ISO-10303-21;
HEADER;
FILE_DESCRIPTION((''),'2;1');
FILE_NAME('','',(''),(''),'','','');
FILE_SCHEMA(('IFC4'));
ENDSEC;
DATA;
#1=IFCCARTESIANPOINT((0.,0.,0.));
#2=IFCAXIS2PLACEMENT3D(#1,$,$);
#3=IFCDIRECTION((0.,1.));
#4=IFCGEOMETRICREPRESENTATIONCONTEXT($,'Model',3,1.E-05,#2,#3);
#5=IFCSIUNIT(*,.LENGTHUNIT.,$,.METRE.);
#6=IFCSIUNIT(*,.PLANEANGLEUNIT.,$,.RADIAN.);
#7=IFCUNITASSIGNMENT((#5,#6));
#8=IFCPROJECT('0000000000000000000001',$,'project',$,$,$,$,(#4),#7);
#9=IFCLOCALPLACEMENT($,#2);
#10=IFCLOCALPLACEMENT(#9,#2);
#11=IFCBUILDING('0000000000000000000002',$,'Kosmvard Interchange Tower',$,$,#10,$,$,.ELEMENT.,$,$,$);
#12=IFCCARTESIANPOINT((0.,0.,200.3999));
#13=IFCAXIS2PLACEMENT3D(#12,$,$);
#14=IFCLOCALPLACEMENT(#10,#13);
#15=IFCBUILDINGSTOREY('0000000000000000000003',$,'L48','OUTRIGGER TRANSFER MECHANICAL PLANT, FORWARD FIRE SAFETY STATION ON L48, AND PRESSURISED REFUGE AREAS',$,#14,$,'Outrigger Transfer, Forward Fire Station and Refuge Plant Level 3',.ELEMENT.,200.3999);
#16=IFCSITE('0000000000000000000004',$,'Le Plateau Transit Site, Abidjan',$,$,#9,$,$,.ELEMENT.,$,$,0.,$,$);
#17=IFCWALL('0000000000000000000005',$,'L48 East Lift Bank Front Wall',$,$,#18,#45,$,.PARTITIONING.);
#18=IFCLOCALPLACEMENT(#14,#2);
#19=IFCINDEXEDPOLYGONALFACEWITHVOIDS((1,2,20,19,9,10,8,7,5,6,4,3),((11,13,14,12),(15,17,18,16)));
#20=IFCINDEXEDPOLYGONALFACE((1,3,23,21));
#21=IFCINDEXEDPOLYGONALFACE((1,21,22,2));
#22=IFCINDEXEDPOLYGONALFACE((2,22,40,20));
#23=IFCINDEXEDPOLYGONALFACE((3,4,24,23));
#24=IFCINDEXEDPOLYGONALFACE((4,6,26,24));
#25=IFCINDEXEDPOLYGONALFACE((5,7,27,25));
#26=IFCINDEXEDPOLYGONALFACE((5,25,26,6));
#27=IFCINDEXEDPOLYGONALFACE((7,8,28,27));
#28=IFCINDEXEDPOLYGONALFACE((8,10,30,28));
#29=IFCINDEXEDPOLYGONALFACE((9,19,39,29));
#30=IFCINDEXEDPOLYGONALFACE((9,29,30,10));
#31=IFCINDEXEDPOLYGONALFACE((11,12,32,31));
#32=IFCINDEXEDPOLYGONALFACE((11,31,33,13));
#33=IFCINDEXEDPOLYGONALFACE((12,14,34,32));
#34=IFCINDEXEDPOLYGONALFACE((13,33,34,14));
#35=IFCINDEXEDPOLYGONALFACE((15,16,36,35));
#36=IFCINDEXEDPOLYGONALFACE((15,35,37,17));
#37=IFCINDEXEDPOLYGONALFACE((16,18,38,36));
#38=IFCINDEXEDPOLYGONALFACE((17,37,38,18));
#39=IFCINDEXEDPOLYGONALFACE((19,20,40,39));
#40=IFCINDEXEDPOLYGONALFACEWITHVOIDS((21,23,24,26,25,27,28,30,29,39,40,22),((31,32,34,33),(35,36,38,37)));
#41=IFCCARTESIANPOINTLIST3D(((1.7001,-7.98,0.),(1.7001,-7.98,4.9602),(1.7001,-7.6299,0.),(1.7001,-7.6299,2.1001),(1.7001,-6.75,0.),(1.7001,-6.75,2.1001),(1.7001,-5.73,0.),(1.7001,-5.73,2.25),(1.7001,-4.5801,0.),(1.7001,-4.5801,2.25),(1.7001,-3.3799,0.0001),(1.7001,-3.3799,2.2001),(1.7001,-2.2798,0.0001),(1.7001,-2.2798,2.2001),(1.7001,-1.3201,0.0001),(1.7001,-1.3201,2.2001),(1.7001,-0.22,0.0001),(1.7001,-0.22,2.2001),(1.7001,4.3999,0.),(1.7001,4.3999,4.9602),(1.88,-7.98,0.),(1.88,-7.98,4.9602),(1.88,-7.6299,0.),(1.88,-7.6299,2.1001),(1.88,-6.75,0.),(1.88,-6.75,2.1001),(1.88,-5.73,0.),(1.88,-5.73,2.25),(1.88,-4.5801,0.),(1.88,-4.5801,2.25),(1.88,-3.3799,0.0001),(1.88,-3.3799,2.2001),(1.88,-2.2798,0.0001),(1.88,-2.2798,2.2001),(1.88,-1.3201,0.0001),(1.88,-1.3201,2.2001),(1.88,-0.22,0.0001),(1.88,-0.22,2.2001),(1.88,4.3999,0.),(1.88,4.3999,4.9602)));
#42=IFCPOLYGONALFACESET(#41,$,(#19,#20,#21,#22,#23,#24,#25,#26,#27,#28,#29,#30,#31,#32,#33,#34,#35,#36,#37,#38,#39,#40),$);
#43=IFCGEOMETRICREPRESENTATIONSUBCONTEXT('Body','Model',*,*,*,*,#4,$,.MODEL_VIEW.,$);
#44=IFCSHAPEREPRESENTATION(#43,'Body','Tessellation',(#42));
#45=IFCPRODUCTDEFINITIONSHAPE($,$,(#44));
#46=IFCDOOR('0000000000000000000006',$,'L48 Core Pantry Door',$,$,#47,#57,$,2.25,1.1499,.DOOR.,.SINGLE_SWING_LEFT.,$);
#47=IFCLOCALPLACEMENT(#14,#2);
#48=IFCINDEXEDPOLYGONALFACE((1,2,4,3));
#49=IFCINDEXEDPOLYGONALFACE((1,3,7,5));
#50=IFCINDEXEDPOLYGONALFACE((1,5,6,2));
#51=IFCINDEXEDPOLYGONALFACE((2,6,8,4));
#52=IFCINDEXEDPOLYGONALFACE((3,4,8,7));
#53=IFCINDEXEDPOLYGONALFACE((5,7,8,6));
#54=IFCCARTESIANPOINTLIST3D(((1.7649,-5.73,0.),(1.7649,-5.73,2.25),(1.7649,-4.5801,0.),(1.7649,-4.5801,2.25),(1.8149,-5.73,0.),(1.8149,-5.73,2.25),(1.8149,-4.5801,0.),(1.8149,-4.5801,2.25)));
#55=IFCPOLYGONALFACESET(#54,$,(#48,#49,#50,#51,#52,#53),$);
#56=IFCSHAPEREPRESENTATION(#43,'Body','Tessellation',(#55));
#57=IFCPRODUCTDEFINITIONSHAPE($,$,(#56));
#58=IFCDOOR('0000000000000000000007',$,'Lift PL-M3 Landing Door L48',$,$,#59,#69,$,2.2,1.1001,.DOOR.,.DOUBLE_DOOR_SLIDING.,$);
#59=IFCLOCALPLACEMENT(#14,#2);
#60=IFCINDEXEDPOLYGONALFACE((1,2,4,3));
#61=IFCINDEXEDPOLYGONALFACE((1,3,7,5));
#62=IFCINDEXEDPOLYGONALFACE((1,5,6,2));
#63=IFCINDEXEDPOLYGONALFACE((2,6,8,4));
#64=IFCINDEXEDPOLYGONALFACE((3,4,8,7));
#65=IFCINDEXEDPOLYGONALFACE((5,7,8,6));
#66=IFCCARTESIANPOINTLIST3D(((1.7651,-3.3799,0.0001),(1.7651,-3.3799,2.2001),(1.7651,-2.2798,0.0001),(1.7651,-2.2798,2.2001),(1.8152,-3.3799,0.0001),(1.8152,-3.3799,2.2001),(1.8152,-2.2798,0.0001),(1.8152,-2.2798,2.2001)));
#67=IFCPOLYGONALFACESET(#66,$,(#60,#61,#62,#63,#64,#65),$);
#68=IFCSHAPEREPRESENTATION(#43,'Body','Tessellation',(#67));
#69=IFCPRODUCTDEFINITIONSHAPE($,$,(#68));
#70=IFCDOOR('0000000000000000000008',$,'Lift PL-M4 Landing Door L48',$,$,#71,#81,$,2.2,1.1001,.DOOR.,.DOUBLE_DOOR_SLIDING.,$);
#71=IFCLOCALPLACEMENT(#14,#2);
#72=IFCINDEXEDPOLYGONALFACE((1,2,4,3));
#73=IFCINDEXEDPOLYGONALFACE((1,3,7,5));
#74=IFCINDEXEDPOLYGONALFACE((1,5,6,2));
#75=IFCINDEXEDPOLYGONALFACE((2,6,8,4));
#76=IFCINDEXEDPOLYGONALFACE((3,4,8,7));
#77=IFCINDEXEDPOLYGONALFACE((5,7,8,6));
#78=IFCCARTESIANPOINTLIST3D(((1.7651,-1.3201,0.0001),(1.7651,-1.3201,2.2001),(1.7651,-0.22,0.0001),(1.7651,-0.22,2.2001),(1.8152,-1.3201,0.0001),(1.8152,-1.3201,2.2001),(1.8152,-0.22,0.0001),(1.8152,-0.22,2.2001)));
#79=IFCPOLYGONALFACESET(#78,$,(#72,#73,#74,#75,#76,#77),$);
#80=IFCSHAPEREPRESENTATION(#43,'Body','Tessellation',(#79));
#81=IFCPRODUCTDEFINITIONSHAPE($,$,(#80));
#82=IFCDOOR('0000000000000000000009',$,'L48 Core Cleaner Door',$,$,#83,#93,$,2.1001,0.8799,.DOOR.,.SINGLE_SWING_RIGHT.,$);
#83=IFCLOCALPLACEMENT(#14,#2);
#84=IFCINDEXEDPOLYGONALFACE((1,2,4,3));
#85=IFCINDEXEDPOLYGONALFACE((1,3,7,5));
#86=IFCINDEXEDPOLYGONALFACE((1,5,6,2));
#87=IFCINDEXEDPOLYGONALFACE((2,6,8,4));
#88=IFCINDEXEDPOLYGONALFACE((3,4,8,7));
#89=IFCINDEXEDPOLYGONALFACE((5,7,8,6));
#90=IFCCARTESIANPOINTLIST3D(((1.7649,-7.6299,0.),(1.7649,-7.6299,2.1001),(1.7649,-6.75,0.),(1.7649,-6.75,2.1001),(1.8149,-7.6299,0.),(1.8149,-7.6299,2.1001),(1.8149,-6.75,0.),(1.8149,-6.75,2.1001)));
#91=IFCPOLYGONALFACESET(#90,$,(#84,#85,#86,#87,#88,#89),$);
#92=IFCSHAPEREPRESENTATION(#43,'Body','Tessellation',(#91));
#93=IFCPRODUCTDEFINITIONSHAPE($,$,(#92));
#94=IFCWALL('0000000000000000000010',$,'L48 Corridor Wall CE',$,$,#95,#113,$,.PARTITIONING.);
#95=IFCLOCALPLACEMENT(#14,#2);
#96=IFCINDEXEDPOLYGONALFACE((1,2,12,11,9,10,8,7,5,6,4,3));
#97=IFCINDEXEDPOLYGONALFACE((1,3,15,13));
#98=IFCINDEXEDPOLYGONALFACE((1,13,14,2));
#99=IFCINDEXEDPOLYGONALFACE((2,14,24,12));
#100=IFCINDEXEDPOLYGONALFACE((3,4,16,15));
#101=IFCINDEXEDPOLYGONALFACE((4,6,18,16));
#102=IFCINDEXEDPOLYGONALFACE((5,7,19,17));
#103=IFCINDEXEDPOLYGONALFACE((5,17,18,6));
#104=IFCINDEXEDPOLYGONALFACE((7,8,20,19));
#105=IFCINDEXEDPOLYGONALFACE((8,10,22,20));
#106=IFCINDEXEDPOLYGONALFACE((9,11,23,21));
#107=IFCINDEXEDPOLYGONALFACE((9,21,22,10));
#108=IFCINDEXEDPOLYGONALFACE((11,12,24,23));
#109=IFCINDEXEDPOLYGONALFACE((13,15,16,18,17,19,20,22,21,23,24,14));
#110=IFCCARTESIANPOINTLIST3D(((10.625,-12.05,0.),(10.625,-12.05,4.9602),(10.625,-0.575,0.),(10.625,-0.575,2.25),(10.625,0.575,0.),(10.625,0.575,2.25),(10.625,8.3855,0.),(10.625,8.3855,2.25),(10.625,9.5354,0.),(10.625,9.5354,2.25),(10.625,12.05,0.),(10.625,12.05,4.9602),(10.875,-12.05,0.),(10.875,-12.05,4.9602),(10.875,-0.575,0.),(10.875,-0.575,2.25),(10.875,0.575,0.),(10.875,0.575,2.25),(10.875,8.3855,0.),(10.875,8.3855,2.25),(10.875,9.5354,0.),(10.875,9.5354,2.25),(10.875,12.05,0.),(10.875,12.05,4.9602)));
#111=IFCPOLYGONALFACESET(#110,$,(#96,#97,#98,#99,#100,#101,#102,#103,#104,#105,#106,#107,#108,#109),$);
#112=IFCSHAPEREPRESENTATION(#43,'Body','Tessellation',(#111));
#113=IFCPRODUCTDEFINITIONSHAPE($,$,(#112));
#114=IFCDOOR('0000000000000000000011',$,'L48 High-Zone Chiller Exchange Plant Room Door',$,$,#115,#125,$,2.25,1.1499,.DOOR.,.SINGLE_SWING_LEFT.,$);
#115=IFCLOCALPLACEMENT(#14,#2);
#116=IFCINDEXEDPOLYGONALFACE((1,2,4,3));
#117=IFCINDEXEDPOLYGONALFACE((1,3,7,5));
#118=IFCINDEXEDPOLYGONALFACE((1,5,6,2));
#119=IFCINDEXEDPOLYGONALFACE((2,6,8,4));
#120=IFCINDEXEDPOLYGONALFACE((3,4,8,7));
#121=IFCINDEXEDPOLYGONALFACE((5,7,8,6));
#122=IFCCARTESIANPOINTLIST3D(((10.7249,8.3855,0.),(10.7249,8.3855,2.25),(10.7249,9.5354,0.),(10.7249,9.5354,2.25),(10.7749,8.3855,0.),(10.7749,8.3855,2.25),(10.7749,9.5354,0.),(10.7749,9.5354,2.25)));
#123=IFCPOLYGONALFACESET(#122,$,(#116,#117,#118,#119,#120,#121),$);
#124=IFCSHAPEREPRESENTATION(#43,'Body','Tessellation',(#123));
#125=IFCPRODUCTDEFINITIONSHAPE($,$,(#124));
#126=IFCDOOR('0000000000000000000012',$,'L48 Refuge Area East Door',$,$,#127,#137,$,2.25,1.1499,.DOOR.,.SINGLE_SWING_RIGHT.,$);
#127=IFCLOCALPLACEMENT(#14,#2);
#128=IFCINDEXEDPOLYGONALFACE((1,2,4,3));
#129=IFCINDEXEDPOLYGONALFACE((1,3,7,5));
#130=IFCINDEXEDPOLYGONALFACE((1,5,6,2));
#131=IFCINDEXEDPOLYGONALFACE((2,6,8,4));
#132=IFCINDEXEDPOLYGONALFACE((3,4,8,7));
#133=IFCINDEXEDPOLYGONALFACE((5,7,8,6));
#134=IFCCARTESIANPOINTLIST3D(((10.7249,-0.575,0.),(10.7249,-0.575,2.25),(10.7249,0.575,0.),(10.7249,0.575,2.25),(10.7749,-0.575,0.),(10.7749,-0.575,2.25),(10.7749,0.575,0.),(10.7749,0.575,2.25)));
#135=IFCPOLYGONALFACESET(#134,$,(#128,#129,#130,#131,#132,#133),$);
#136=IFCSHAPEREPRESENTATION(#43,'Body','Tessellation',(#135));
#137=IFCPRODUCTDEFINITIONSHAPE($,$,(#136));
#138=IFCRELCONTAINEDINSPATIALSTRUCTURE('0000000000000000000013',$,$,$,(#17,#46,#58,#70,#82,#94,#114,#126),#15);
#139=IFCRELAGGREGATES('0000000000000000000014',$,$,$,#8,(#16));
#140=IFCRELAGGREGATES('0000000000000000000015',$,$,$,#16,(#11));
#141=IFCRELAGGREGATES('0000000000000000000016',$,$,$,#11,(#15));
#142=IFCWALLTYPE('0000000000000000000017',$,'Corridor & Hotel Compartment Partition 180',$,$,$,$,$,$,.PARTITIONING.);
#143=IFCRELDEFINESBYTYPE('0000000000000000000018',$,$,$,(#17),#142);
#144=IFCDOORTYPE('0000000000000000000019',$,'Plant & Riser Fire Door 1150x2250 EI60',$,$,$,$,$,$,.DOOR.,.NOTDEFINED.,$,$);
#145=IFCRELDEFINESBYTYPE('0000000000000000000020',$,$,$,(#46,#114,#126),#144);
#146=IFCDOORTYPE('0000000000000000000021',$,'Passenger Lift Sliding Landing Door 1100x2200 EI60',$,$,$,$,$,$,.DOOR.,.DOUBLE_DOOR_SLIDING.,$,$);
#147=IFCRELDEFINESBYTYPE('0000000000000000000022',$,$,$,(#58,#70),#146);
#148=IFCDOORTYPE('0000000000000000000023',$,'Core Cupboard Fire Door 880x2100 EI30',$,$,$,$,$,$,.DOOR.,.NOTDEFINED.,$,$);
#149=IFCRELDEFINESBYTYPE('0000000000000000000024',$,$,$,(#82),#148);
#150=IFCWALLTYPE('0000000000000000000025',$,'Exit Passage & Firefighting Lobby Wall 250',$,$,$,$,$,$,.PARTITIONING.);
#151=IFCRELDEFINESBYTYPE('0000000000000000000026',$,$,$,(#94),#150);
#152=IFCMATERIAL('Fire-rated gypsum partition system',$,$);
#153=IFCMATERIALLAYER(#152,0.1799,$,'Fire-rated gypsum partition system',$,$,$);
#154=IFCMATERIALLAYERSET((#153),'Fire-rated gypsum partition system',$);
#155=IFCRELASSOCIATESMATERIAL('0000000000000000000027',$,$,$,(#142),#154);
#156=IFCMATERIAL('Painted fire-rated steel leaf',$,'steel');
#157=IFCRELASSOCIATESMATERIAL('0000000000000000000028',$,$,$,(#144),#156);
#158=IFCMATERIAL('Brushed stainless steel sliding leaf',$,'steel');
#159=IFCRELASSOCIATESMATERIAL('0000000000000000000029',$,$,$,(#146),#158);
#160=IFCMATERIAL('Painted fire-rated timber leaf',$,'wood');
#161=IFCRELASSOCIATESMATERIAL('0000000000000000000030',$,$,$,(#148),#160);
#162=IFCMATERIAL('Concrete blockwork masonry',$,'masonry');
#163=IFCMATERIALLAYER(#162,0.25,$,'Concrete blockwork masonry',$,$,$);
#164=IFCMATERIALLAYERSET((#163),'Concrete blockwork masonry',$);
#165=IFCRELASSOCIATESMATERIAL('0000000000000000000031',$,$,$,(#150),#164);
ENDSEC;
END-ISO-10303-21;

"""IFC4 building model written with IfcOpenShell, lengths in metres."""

from ifc_helpers import new_model, si_unit, direction, frame, frame_2d, origin, place, context, subcontext, project, spatial, rectangle, extrude, source, transform, mapped, material, layer, layer_set, type_object, element, fill, save


model = new_model("IFC4")

# Units and contexts
model_context = context("Model", 3, precision=1e-05, world=origin(), true_north=direction((0.0, 1.0)))
body_context = subcontext(model_context, "Body", "Model", "MODEL_VIEW")
ifc_project = project(units=[si_unit("LENGTHUNIT", "METRE"), si_unit("PLANEANGLEUNIT", "RADIAN")], contexts=[model_context])

# Site, building, storey
site_placement = place(None, origin())
site = spatial("IfcSite", under=ifc_project, at=site_placement, Name="Le Plateau Transit Site, Abidjan", CompositionType="ELEMENT", RefElevation=0.0)
building_placement = place(site_placement, origin())
building = spatial("IfcBuilding", under=site, at=building_placement, Name="Kosmvard Interchange Tower", CompositionType="ELEMENT")
storey_placement = place(building_placement, frame((0.0, 0.0, 200.3999)))
storey = spatial("IfcBuildingStorey", under=building, at=storey_placement, Name="L48", Description="OUTRIGGER TRANSFER MECHANICAL PLANT, FORWARD FIRE SAFETY STATION ON L48, AND PRESSURISED REFUGE AREAS", LongName="Outrigger Transfer, Forward Fire Station and Refuge Plant Level 3", CompositionType="ELEMENT", Elevation=200.3999)

# Shared definitions
ifc_material_1 = material(Name="Fire-rated gypsum partition system")

# Walls, openings, doors
ifc_layer_1 = layer(ifc_material_1, 0.1799, Name="Fire-rated gypsum partition system")
ifc_layer_set_1 = layer_set([ifc_layer_1], Name="Fire-rated gypsum partition system")
wall_type_1 = type_object("IfcWallType", Name="Corridor & Hotel Compartment Partition 180", PredefinedType="PARTITIONING", material=ifc_layer_set_1)
wall_1_placement = place(storey_placement, frame((1.79, -7.98, 0.0), z_axis=(0.0, 0.0, 1.0), x_axis=(0.0, 1.0, 0.0)))
wall_1 = element("IfcWall", 1, at=wall_1_placement, inside=storey, type_object=wall_type_1, Name="L48 East Lift Bank Front Wall", PredefinedType="PARTITIONING", context=body_context, shape_type="SweptSolid", body=[
    extrude(rectangle(XDim=12.3799, YDim=0.1799, at=frame_2d((6.1899, 0.0))), origin(), (0.0, 0.0, 1.0), 4.9602),
])
opening_1_placement = place(wall_1_placement, frame((4.6001, 0.0, 0.0)))
opening_1 = element("IfcOpeningElement", 2, at=opening_1_placement, cuts=wall_1, PredefinedType="OPENING", context=body_context, shape_type="SweptSolid", body=[
    extrude(rectangle(XDim=1.1001, YDim=2.2, at=frame_2d((0.55, 1.1001))), frame((0.0, 0.1001, 0.0), z_axis=(0.0, -1.0, 0.0), x_axis=(1.0, 0.0, 0.0)), (0.0, 0.0, 1.0), 0.2),
])
opening_2_placement = place(wall_1_placement, frame((6.6599, 0.0, 0.0)))
opening_2 = element("IfcOpeningElement", 3, at=opening_2_placement, cuts=wall_1, PredefinedType="OPENING", context=body_context, shape_type="SweptSolid", body=[
    extrude(rectangle(XDim=1.1001, YDim=2.2, at=frame_2d((0.55, 1.1001))), frame((0.0, 0.1001, 0.0), z_axis=(0.0, -1.0, 0.0), x_axis=(1.0, 0.0, 0.0)), (0.0, 0.0, 1.0), 0.2),
])
opening_3_placement = place(wall_1_placement, frame((0.3501, 0.0, 0.0)))
opening_3 = element("IfcOpeningElement", 4, at=opening_3_placement, cuts=wall_1, PredefinedType="OPENING", context=body_context, shape_type="SweptSolid", body=[
    extrude(rectangle(XDim=0.8799, YDim=2.1001, at=frame_2d((0.4399, 1.05))), frame((0.0, 0.1001, 0.0), z_axis=(0.0, -1.0, 0.0), x_axis=(1.0, 0.0, 0.0)), (0.0, 0.0, 1.0), 0.2),
])
opening_4_placement = place(wall_1_placement, frame((2.25, 0.0, 0.0)))
opening_4 = element("IfcOpeningElement", 5, at=opening_4_placement, cuts=wall_1, PredefinedType="OPENING", context=body_context, shape_type="SweptSolid", body=[
    extrude(rectangle(XDim=1.1499, YDim=2.25, at=frame_2d((0.575, 1.125))), frame((0.0, 0.1001, 0.0), z_axis=(0.0, -1.0, 0.0), x_axis=(1.0, 0.0, 0.0)), (0.0, 0.0, 1.0), 0.2),
])
ifc_material_2 = material(Name="Painted fire-rated steel leaf", Category="steel")
door_type_1 = type_object("IfcDoorType", Name="Plant & Riser Fire Door 1150x2250 EI60", OperationType="NOTDEFINED", PredefinedType="DOOR", material=ifc_material_2)
shared_shape_1 = source(origin(), body_context, "Body", "SweptSolid", [
    extrude(rectangle(XDim=1.1499, YDim=2.25, at=frame_2d((0.575, 1.125))), frame((0.0, 0.0249, 0.0), z_axis=(0.0, -1.0, 0.0), x_axis=(1.0, 0.0, 0.0)), (0.0, 0.0, 1.0), 0.05),
])
door_1_placement = place(opening_4_placement, frame((1.1499, 0.0, 0.0), z_axis=(0.0, 0.0, 1.0), x_axis=(-1.0, 0.0, 0.0)))
door_1 = element("IfcDoor", 6, at=door_1_placement, inside=storey, type_object=door_type_1, Name="L48 Core Pantry Door", OperationType="SINGLE_SWING_LEFT", OverallHeight=2.25, OverallWidth=1.1499, PredefinedType="DOOR", context=body_context, shape_type="MappedRepresentation", body=[
    mapped(shared_shape_1, transform((0.0, 0.0, 0.0), scale=1.0)),
])
fill(opening_4, door_1)
ifc_material_3 = material(Name="Brushed stainless steel sliding leaf", Category="steel")
door_type_2 = type_object("IfcDoorType", Name="Passenger Lift Sliding Landing Door 1100x2200 EI60", OperationType="DOUBLE_DOOR_SLIDING", PredefinedType="DOOR", material=ifc_material_3)
shared_shape_2 = source(origin(), body_context, "Body", "SweptSolid", [
    extrude(rectangle(XDim=1.1001, YDim=2.2, at=frame_2d((0.55, 1.1001))), frame((0.0, 0.0249, 0.0), z_axis=(0.0, -1.0, 0.0), x_axis=(1.0, 0.0, 0.0)), (0.0, 0.0, 1.0), 0.05),
])
door_2_placement = place(opening_1_placement, origin())
door_2 = element("IfcDoor", 7, at=door_2_placement, inside=storey, type_object=door_type_2, Name="Lift PL-M3 Landing Door L48", OperationType="DOUBLE_DOOR_SLIDING", OverallHeight=2.2, OverallWidth=1.1001, PredefinedType="DOOR", context=body_context, shape_type="MappedRepresentation", body=[
    mapped(shared_shape_2, transform((0.0, 0.0, 0.0), scale=1.0)),
])
fill(opening_1, door_2)
door_3_placement = place(opening_2_placement, origin())
door_3 = element("IfcDoor", 8, at=door_3_placement, inside=storey, type_object=door_type_2, Name="Lift PL-M4 Landing Door L48", OperationType="DOUBLE_DOOR_SLIDING", OverallHeight=2.2, OverallWidth=1.1001, PredefinedType="DOOR", context=body_context, shape_type="MappedRepresentation", body=[
    mapped(shared_shape_2, transform((0.0, 0.0, 0.0), scale=1.0)),
])
fill(opening_2, door_3)
ifc_material_4 = material(Name="Painted fire-rated timber leaf", Category="wood")
door_type_3 = type_object("IfcDoorType", Name="Core Cupboard Fire Door 880x2100 EI30", OperationType="NOTDEFINED", PredefinedType="DOOR", material=ifc_material_4)
shared_shape_3 = source(origin(), body_context, "Body", "SweptSolid", [
    extrude(rectangle(XDim=0.8799, YDim=2.1001, at=frame_2d((0.4399, 1.05))), frame((0.0, 0.0249, 0.0), z_axis=(0.0, -1.0, 0.0), x_axis=(1.0, 0.0, 0.0)), (0.0, 0.0, 1.0), 0.05),
])
door_4_placement = place(opening_3_placement, frame((0.8799, 0.0, 0.0), z_axis=(0.0, 0.0, 1.0), x_axis=(-1.0, 0.0, 0.0)))
door_4 = element("IfcDoor", 9, at=door_4_placement, inside=storey, type_object=door_type_3, Name="L48 Core Cleaner Door", OperationType="SINGLE_SWING_RIGHT", OverallHeight=2.1001, OverallWidth=0.8799, PredefinedType="DOOR", context=body_context, shape_type="MappedRepresentation", body=[
    mapped(shared_shape_3, transform((0.0, 0.0, 0.0), scale=1.0)),
])
fill(opening_3, door_4)
ifc_material_5 = material(Name="Concrete blockwork masonry", Category="masonry")
ifc_layer_2 = layer(ifc_material_5, 0.25, Name="Concrete blockwork masonry")
ifc_layer_set_2 = layer_set([ifc_layer_2], Name="Concrete blockwork masonry")
wall_type_2 = type_object("IfcWallType", Name="Exit Passage & Firefighting Lobby Wall 250", PredefinedType="PARTITIONING", material=ifc_layer_set_2)
wall_2_placement = place(storey_placement, frame((10.75, -12.05, 0.0), z_axis=(0.0, 0.0, 1.0), x_axis=(0.0, 1.0, 0.0)))
wall_2 = element("IfcWall", 10, at=wall_2_placement, inside=storey, type_object=wall_type_2, Name="L48 Corridor Wall CE", PredefinedType="PARTITIONING", context=body_context, shape_type="SweptSolid", body=[
    extrude(rectangle(XDim=24.1001, YDim=0.25, at=frame_2d((12.05, 0.0))), origin(), (0.0, 0.0, 1.0), 4.9602),
])
opening_5_placement = place(wall_2_placement, frame((20.4355, 0.0, 0.0)))
opening_5 = element("IfcOpeningElement", 11, at=opening_5_placement, cuts=wall_2, PredefinedType="OPENING", context=body_context, shape_type="SweptSolid", body=[
    extrude(rectangle(XDim=1.1499, YDim=2.25, at=frame_2d((0.575, 1.125))), frame((0.0, 0.135, 0.0), z_axis=(0.0, -1.0, 0.0), x_axis=(1.0, 0.0, 0.0)), (0.0, 0.0, 1.0), 0.27),
])
opening_6_placement = place(wall_2_placement, frame((11.4751, 0.0, 0.0)))
opening_6 = element("IfcOpeningElement", 12, at=opening_6_placement, cuts=wall_2, PredefinedType="OPENING", context=body_context, shape_type="SweptSolid", body=[
    extrude(rectangle(XDim=1.1499, YDim=2.25, at=frame_2d((0.575, 1.125))), frame((0.0, 0.135, 0.0), z_axis=(0.0, -1.0, 0.0), x_axis=(1.0, 0.0, 0.0)), (0.0, 0.0, 1.0), 0.27),
])
door_5_placement = place(opening_5_placement, frame((1.1499, 0.0, 0.0), z_axis=(0.0, 0.0, 1.0), x_axis=(-1.0, 0.0, 0.0)))
door_5 = element("IfcDoor", 13, at=door_5_placement, inside=storey, type_object=door_type_1, Name="L48 High-Zone Chiller Exchange Plant Room Door", OperationType="SINGLE_SWING_LEFT", OverallHeight=2.25, OverallWidth=1.1499, PredefinedType="DOOR", context=body_context, shape_type="MappedRepresentation", body=[
    mapped(shared_shape_1, transform((0.0, 0.0, 0.0), scale=1.0)),
])
fill(opening_5, door_5)
door_6_placement = place(opening_6_placement, frame((1.1499, 0.0, 0.0), z_axis=(0.0, 0.0, 1.0), x_axis=(-1.0, 0.0, 0.0)))
door_6 = element("IfcDoor", 14, at=door_6_placement, inside=storey, type_object=door_type_1, Name="L48 Refuge Area East Door", OperationType="SINGLE_SWING_RIGHT", OverallHeight=2.25, OverallWidth=1.1499, PredefinedType="DOOR", context=body_context, shape_type="MappedRepresentation", body=[
    mapped(shared_shape_1, transform((0.0, 0.0, 0.0), scale=1.0)),
])
fill(opening_6, door_6)

save(model, "model.ifc")
